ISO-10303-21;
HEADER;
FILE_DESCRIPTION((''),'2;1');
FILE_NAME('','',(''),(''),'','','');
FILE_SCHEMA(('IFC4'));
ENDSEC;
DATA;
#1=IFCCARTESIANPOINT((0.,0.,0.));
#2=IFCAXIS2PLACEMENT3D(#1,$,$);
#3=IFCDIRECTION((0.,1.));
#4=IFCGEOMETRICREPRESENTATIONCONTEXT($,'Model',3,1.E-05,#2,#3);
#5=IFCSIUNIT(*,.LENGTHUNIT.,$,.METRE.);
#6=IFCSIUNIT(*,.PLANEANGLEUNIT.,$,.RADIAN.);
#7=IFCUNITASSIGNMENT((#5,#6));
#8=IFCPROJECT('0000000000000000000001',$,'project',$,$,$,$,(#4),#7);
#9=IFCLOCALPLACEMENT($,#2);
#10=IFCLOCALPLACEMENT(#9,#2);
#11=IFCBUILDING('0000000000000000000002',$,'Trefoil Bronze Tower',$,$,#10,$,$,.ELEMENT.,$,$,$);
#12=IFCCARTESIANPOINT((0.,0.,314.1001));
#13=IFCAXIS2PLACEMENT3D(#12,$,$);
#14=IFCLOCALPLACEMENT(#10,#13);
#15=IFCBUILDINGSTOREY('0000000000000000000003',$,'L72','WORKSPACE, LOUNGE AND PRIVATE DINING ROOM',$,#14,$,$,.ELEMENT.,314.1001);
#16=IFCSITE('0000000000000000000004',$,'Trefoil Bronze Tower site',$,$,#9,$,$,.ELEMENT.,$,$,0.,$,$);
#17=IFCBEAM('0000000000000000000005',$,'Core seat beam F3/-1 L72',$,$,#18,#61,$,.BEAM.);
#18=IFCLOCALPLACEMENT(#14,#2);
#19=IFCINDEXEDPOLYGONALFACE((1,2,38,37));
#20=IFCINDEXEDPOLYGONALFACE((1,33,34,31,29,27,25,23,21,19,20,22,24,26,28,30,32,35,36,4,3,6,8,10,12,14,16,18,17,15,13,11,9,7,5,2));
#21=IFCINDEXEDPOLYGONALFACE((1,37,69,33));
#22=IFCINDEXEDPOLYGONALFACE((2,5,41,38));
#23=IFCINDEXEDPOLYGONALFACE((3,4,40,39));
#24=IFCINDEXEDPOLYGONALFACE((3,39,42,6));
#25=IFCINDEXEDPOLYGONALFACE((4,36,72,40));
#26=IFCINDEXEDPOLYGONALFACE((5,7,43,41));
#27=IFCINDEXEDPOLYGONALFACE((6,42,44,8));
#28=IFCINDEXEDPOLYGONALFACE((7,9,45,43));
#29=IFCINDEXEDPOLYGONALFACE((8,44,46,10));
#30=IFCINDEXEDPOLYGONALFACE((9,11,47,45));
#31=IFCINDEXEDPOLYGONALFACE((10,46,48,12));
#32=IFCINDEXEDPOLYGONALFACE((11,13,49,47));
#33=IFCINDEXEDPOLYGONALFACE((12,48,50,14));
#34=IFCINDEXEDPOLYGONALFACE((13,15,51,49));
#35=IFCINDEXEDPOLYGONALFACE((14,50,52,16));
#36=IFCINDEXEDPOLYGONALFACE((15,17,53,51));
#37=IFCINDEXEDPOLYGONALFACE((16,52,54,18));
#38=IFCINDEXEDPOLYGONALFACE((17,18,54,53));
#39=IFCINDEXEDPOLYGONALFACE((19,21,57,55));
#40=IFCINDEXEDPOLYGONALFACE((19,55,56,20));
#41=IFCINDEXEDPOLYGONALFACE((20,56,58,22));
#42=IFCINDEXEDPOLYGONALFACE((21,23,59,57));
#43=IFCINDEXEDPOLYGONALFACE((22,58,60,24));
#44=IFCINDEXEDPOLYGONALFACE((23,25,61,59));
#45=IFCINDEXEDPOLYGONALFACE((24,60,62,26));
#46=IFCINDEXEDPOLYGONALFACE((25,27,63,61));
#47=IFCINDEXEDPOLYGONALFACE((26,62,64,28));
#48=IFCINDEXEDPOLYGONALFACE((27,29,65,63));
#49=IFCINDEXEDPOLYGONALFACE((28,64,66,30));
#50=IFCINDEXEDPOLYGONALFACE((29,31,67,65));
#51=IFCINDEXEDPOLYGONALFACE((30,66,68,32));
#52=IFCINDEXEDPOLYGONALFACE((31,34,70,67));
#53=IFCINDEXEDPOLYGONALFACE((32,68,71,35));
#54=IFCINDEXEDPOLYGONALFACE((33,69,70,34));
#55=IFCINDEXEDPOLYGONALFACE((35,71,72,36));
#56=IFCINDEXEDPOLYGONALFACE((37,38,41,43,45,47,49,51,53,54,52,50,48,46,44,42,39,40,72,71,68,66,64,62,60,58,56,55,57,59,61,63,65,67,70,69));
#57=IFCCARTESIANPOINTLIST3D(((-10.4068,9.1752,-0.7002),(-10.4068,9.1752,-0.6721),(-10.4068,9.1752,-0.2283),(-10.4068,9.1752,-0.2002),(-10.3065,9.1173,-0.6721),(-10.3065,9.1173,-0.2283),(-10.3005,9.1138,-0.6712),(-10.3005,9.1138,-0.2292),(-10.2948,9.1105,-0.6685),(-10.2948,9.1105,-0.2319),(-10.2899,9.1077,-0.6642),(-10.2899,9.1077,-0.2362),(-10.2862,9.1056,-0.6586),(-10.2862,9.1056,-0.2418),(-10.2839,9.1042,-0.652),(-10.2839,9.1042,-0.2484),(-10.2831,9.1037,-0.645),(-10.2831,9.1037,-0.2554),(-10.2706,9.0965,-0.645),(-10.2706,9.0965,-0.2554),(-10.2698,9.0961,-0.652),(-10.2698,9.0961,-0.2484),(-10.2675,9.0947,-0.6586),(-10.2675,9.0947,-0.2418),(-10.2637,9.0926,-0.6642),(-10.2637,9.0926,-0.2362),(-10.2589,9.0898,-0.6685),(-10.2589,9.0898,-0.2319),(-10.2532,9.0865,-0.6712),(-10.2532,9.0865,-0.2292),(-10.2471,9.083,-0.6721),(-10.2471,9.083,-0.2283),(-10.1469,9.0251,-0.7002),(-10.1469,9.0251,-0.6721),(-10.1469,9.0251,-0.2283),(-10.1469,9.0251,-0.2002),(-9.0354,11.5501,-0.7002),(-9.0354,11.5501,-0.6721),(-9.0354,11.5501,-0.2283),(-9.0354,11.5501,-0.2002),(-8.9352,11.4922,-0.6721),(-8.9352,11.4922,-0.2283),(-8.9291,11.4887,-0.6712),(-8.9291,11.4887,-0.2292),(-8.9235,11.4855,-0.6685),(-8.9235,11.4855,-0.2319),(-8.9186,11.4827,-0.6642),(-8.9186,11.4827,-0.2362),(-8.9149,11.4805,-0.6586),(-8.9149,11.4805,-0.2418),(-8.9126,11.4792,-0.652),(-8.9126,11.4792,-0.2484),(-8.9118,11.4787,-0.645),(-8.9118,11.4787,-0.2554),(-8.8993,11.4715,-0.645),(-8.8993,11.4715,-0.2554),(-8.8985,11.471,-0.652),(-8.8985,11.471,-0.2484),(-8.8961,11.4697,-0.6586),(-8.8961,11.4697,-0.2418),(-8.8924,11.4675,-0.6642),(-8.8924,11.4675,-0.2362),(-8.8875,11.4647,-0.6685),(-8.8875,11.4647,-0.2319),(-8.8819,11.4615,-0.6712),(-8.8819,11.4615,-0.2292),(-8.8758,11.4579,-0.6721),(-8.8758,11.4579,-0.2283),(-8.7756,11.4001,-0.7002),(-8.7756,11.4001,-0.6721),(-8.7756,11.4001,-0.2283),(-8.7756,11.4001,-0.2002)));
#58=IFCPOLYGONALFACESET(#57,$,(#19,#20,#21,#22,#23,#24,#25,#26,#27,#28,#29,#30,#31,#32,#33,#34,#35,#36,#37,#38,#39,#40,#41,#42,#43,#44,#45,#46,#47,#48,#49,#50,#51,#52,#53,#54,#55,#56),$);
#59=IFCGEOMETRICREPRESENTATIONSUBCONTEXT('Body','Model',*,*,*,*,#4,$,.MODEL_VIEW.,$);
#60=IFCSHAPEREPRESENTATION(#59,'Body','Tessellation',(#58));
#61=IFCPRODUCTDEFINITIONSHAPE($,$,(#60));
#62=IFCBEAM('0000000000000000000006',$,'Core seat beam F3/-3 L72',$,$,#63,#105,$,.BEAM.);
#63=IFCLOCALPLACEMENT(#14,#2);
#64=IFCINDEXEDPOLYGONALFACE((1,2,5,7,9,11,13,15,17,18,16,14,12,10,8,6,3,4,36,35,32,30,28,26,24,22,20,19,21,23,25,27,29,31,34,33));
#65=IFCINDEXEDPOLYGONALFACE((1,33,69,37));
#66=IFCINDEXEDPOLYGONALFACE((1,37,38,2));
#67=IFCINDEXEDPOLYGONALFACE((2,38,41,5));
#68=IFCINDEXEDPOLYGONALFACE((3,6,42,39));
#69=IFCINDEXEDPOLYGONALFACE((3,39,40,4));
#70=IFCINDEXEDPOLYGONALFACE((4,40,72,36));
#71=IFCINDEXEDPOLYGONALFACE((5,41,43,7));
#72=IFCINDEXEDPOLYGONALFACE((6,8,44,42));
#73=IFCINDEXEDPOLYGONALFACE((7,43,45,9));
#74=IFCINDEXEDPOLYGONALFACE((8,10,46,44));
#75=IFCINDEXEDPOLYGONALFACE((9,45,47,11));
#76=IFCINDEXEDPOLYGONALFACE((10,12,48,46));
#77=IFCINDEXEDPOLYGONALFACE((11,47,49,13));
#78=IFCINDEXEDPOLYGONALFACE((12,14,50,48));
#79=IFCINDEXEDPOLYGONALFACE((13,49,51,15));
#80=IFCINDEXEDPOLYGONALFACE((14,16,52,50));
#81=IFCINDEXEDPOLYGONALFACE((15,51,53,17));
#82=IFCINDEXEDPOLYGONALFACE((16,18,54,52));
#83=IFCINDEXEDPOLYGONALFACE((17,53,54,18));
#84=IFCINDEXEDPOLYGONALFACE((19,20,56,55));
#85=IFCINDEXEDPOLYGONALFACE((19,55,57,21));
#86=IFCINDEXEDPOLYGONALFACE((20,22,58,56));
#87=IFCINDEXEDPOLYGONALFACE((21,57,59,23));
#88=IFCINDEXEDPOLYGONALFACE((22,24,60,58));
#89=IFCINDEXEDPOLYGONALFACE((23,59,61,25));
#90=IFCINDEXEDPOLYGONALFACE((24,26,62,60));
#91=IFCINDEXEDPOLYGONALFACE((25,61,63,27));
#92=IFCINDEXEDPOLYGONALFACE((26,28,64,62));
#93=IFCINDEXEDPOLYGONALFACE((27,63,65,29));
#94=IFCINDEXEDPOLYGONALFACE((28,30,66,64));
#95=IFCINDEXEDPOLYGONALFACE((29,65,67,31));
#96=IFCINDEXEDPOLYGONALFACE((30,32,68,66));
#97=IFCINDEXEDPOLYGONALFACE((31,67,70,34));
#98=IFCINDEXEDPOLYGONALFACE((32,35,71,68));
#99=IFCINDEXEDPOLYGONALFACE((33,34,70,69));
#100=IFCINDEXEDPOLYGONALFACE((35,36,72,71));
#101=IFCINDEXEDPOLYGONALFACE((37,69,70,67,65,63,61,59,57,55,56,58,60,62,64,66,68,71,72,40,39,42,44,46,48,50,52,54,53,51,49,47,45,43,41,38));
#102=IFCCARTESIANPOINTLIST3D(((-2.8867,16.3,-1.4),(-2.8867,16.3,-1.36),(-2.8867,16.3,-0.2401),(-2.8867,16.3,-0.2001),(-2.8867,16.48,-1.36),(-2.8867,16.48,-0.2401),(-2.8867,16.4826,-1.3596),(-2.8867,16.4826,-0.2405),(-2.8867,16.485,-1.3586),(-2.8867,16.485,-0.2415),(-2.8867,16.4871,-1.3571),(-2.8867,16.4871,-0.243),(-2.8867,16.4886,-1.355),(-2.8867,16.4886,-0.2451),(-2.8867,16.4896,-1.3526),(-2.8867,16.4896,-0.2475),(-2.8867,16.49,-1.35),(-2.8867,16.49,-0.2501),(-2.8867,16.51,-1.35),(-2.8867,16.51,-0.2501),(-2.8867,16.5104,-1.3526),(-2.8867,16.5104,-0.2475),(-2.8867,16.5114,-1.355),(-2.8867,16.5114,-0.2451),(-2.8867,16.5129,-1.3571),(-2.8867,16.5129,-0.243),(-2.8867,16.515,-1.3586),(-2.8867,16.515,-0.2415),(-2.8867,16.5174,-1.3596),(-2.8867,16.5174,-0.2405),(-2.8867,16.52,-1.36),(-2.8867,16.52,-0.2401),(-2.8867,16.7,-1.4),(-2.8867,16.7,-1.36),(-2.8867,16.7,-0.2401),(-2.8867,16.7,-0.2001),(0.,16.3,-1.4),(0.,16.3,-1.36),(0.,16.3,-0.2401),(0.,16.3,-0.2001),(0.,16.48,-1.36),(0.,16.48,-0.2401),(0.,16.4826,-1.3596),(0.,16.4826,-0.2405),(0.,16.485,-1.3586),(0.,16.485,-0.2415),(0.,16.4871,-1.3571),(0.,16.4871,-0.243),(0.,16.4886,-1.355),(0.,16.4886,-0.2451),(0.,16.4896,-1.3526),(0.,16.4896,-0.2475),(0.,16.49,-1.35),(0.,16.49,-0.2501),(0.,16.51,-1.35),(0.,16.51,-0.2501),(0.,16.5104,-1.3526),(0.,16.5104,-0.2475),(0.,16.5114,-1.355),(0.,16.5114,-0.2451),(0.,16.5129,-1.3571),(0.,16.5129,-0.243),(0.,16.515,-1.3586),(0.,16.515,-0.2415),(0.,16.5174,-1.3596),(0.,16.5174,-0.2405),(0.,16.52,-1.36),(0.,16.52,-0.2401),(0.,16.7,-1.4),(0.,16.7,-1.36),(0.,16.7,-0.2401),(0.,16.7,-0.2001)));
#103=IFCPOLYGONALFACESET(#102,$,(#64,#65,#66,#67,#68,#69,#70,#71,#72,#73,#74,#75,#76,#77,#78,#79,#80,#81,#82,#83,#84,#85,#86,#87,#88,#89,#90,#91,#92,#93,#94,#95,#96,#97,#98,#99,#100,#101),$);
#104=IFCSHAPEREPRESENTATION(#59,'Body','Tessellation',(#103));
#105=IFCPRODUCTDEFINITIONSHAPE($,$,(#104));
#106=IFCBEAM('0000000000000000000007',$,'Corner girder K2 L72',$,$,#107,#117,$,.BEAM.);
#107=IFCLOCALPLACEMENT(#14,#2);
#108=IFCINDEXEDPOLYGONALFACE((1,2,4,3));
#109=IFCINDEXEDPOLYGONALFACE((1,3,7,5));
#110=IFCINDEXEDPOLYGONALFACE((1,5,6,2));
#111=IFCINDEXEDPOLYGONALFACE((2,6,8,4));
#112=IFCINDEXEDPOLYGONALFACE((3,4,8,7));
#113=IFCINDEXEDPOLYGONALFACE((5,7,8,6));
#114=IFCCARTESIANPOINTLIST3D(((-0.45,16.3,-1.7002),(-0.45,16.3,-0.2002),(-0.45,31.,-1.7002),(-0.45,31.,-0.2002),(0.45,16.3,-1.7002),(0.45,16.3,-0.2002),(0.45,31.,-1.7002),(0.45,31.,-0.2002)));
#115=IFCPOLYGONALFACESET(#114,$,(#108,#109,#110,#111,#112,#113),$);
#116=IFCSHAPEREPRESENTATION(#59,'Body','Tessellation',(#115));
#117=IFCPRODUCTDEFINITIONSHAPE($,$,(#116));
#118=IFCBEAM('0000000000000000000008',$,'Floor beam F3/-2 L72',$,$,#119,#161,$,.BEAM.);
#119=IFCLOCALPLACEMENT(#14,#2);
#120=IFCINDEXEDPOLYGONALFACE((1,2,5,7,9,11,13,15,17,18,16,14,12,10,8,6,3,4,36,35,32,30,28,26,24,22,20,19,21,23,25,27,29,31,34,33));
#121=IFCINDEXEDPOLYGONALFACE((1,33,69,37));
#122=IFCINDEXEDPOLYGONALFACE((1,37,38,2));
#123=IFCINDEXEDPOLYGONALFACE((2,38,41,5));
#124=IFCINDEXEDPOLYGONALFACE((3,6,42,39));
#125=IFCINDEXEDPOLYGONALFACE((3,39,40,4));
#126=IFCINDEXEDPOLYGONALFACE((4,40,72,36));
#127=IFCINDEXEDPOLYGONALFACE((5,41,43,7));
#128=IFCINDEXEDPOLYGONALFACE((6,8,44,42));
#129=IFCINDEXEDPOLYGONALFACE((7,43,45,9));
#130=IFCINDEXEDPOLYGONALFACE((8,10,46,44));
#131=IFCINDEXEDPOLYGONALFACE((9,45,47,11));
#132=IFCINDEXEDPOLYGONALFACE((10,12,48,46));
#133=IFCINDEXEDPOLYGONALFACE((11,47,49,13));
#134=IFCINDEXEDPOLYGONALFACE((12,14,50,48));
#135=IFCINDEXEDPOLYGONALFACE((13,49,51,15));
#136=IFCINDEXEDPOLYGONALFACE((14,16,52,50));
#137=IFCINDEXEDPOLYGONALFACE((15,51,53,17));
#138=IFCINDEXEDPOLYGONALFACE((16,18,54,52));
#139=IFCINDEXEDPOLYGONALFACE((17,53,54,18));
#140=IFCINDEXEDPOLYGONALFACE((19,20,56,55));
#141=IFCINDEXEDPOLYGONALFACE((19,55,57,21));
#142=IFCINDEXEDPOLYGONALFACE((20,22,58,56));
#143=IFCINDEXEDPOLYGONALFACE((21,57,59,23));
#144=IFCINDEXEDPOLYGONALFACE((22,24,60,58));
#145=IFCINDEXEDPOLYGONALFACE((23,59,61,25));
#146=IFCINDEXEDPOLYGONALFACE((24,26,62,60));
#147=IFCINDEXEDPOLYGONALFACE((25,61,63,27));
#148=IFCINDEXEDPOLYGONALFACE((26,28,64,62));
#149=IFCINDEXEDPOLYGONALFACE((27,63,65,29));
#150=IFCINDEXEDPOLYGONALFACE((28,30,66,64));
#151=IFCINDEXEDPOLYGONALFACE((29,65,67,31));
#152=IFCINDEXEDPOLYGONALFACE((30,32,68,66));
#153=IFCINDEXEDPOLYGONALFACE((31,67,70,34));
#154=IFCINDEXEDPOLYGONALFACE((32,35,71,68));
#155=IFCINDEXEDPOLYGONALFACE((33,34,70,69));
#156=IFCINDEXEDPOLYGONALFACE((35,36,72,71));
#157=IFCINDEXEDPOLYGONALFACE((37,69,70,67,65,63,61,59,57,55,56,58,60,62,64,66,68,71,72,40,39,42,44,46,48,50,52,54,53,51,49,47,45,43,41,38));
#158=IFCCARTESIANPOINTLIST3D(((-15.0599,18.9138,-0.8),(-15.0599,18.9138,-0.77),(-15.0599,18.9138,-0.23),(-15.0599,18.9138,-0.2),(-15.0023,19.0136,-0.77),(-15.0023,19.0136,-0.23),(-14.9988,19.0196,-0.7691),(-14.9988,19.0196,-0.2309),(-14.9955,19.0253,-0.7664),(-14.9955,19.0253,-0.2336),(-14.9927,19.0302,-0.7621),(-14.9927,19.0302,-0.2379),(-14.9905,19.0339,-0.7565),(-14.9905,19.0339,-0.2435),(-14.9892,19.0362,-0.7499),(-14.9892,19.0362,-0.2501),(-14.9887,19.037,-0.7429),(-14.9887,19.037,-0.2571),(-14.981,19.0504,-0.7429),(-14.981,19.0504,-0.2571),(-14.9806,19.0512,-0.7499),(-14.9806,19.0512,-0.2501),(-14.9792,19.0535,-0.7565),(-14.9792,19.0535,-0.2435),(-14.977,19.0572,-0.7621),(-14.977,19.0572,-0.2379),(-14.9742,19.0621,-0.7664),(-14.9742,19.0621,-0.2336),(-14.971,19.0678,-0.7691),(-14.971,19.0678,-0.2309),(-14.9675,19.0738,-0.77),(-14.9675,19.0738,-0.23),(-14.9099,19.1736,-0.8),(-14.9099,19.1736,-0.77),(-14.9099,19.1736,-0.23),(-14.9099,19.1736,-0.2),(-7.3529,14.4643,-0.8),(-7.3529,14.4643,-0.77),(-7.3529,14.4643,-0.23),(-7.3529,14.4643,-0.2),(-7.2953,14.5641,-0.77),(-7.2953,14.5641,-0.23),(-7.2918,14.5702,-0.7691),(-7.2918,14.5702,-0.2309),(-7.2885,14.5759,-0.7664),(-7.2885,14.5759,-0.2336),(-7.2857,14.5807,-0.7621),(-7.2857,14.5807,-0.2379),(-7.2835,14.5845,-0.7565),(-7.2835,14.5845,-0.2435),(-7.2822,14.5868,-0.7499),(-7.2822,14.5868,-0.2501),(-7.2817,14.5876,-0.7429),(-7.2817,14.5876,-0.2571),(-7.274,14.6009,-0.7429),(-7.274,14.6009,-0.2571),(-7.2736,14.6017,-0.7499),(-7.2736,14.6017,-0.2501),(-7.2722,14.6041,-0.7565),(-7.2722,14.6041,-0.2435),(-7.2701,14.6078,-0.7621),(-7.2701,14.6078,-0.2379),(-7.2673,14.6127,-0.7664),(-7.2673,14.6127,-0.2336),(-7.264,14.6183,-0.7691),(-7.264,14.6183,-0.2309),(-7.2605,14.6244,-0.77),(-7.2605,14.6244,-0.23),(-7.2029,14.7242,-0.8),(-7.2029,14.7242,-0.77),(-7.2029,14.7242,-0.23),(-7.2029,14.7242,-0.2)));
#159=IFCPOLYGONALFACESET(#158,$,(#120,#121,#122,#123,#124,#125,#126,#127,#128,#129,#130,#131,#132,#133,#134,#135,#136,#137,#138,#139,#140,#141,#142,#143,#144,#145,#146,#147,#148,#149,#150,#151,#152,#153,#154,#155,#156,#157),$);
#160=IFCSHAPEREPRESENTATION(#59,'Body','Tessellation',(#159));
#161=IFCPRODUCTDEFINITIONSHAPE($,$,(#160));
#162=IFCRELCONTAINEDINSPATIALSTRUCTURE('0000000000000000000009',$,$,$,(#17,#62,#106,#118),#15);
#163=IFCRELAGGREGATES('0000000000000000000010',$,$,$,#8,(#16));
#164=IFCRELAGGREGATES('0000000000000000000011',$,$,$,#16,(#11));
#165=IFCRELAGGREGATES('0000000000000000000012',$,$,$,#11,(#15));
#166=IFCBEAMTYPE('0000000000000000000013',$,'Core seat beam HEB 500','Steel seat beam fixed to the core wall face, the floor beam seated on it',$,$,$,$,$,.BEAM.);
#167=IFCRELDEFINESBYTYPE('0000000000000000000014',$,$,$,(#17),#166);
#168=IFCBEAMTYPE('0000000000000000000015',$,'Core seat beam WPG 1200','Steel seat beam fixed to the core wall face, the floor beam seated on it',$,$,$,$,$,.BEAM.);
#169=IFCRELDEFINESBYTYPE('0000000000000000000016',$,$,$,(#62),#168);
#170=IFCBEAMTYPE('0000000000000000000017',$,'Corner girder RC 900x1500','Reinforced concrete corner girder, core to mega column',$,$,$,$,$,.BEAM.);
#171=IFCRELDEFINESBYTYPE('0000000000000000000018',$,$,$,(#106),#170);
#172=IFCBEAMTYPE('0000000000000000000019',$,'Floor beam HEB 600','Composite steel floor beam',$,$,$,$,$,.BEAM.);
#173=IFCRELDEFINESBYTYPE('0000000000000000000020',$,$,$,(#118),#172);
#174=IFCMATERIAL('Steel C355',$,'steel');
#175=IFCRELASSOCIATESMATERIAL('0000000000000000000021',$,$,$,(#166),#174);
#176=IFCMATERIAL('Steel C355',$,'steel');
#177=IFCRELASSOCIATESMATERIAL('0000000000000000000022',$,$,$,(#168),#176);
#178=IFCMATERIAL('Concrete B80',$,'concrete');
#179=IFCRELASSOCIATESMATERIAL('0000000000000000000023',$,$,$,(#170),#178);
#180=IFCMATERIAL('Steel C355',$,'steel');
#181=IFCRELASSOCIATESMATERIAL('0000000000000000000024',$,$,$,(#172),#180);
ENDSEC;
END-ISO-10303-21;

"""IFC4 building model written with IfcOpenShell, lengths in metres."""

from ifc_helpers import new_model, si_unit, direction, frame, origin, origin_2d, place, context, subcontext, project, spatial, rectangle, i_section, extrude, material, material_profile, profile_set, type_object, element, save


model = new_model("IFC4")

# Units and contexts
model_context = context("Model", 3, precision=1e-05, world=origin(), true_north=direction((0.0, 1.0)))
body_context = subcontext(model_context, "Body", "Model", "MODEL_VIEW")
ifc_project = project(units=[si_unit("LENGTHUNIT", "METRE"), si_unit("PLANEANGLEUNIT", "RADIAN")], contexts=[model_context])

# Site, building, storey
site_placement = place(None, origin())
site = spatial("IfcSite", under=ifc_project, at=site_placement, Name="Trefoil Bronze Tower site", CompositionType="ELEMENT", RefElevation=0.0)
building_placement = place(site_placement, origin())
building = spatial("IfcBuilding", under=site, at=building_placement, Name="Trefoil Bronze Tower", CompositionType="ELEMENT")
storey_placement = place(building_placement, frame((0.0, 0.0, 314.1001)))
storey = spatial("IfcBuildingStorey", under=building, at=storey_placement, Name="L72", Description="WORKSPACE, LOUNGE AND PRIVATE DINING ROOM", CompositionType="ELEMENT", Elevation=314.1001)

# Beams
ifc_material_1 = material(Name="Steel C355", Category="steel")
ifc_material_profile_1 = material_profile(ifc_material_1, i_section(OverallWidth=0.3, OverallDepth=0.5, WebThickness=0.0144, FlangeThickness=0.0281, FilletRadius=0.0271, at=origin_2d()), Name="HEB 500")
ifc_profile_set_1 = profile_set([ifc_material_profile_1], Name="Steel C355")
beam_type_1 = type_object("IfcBeamType", Name="Core seat beam HEB 500", Description="Steel seat beam fixed to the core wall face, the floor beam seated on it", PredefinedType="BEAM", material=ifc_profile_set_1)
for number, where, z_axis, x_axis, name in (
    (1, (-8.9055, 11.4751, -0.4502), (-0.500036, -0.866005, 0.0), (0.866005, -0.500036, 0.0), "Core seat beam F3/-1 L72"),
):
    element("IfcBeam", number, at=place(storey_placement, frame(where, z_axis=z_axis, x_axis=x_axis)), inside=storey, type_object=beam_type_1, Name=name, PredefinedType="BEAM", context=body_context, shape_type="SweptSolid", body=[
        extrude(i_section(OverallWidth=0.3, OverallDepth=0.5, WebThickness=0.0144, FlangeThickness=0.0281, FilletRadius=0.0271, at=origin_2d()), origin(), (0.0, 0.0, 1.0), 2.7424),
    ])
ifc_material_2 = material(Name="Steel C355", Category="steel")
ifc_material_profile_2 = material_profile(ifc_material_2, i_section(OverallWidth=0.3999, OverallDepth=1.2, WebThickness=0.02, FlangeThickness=0.04, FilletRadius=0.01, at=origin_2d()), Name="WPG 1200")
ifc_profile_set_2 = profile_set([ifc_material_profile_2], Name="Steel C355")
beam_type_2 = type_object("IfcBeamType", Name="Core seat beam WPG 1200", Description="Steel seat beam fixed to the core wall face, the floor beam seated on it", PredefinedType="BEAM", material=ifc_profile_set_2)
beam_1_placement = place(storey_placement, frame((0.0, 16.5, -0.8), z_axis=(-1.0, 0.0, 0.0), x_axis=(0.0, -1.0, 0.0)))
element("IfcBeam", 2, at=beam_1_placement, inside=storey, type_object=beam_type_2, Name="Core seat beam F3/-3 L72", PredefinedType="BEAM", context=body_context, shape_type="SweptSolid", body=[
    extrude(i_section(OverallWidth=0.3999, OverallDepth=1.2, WebThickness=0.02, FlangeThickness=0.04, FilletRadius=0.01, at=origin_2d()), origin(), (0.0, 0.0, 1.0), 2.8867),
])
ifc_material_3 = material(Name="Concrete B80", Category="concrete")
ifc_material_profile_3 = material_profile(ifc_material_3, rectangle(XDim=0.8999, YDim=1.5, at=origin_2d()), Name="RC 900x1500")
ifc_profile_set_3 = profile_set([ifc_material_profile_3], Name="Concrete B80")
beam_type_3 = type_object("IfcBeamType", Name="Corner girder RC 900x1500", Description="Reinforced concrete corner girder, core to mega column", PredefinedType="BEAM", material=ifc_profile_set_3)
beam_2_placement = place(storey_placement, frame((0.0, 16.3, -0.9502), z_axis=(0.0, 1.0, 0.0), x_axis=(-1.0, 0.0, 0.0)))
element("IfcBeam", 3, at=beam_2_placement, inside=storey, type_object=beam_type_3, Name="Corner girder K2 L72", PredefinedType="BEAM", context=body_context, shape_type="SweptSolid", body=[
    extrude(rectangle(XDim=0.8999, YDim=1.5, at=origin_2d()), origin(), (0.0, 0.0, 1.0), 14.7),
])
ifc_material_4 = material(Name="Steel C355", Category="steel")
ifc_material_profile_4 = material_profile(ifc_material_4, i_section(OverallWidth=0.3, OverallDepth=0.6001, WebThickness=0.0154, FlangeThickness=0.03, FilletRadius=0.0271, at=origin_2d()), Name="HEB 600")
ifc_profile_set_4 = profile_set([ifc_material_profile_4], Name="Steel C355")
beam_type_4 = type_object("IfcBeamType", Name="Floor beam HEB 600", Description="Composite steel floor beam", PredefinedType="BEAM", material=ifc_profile_set_4)
beam_3_placement = place(storey_placement, frame((-14.9849, 19.0437, -0.5), z_axis=(0.866035, -0.499984, 0.0), x_axis=(0.499984, 0.866035, 0.0)))
element("IfcBeam", 4, at=beam_3_placement, inside=storey, type_object=beam_type_4, Name="Floor beam F3/-2 L72", PredefinedType="BEAM", context=body_context, shape_type="SweptSolid", body=[
    extrude(i_section(OverallWidth=0.3, OverallDepth=0.6001, WebThickness=0.0154, FlangeThickness=0.03, FilletRadius=0.0271, at=origin_2d()), origin(), (0.0, 0.0, 1.0), 8.8992),
])

save(model, "model.ifc")
